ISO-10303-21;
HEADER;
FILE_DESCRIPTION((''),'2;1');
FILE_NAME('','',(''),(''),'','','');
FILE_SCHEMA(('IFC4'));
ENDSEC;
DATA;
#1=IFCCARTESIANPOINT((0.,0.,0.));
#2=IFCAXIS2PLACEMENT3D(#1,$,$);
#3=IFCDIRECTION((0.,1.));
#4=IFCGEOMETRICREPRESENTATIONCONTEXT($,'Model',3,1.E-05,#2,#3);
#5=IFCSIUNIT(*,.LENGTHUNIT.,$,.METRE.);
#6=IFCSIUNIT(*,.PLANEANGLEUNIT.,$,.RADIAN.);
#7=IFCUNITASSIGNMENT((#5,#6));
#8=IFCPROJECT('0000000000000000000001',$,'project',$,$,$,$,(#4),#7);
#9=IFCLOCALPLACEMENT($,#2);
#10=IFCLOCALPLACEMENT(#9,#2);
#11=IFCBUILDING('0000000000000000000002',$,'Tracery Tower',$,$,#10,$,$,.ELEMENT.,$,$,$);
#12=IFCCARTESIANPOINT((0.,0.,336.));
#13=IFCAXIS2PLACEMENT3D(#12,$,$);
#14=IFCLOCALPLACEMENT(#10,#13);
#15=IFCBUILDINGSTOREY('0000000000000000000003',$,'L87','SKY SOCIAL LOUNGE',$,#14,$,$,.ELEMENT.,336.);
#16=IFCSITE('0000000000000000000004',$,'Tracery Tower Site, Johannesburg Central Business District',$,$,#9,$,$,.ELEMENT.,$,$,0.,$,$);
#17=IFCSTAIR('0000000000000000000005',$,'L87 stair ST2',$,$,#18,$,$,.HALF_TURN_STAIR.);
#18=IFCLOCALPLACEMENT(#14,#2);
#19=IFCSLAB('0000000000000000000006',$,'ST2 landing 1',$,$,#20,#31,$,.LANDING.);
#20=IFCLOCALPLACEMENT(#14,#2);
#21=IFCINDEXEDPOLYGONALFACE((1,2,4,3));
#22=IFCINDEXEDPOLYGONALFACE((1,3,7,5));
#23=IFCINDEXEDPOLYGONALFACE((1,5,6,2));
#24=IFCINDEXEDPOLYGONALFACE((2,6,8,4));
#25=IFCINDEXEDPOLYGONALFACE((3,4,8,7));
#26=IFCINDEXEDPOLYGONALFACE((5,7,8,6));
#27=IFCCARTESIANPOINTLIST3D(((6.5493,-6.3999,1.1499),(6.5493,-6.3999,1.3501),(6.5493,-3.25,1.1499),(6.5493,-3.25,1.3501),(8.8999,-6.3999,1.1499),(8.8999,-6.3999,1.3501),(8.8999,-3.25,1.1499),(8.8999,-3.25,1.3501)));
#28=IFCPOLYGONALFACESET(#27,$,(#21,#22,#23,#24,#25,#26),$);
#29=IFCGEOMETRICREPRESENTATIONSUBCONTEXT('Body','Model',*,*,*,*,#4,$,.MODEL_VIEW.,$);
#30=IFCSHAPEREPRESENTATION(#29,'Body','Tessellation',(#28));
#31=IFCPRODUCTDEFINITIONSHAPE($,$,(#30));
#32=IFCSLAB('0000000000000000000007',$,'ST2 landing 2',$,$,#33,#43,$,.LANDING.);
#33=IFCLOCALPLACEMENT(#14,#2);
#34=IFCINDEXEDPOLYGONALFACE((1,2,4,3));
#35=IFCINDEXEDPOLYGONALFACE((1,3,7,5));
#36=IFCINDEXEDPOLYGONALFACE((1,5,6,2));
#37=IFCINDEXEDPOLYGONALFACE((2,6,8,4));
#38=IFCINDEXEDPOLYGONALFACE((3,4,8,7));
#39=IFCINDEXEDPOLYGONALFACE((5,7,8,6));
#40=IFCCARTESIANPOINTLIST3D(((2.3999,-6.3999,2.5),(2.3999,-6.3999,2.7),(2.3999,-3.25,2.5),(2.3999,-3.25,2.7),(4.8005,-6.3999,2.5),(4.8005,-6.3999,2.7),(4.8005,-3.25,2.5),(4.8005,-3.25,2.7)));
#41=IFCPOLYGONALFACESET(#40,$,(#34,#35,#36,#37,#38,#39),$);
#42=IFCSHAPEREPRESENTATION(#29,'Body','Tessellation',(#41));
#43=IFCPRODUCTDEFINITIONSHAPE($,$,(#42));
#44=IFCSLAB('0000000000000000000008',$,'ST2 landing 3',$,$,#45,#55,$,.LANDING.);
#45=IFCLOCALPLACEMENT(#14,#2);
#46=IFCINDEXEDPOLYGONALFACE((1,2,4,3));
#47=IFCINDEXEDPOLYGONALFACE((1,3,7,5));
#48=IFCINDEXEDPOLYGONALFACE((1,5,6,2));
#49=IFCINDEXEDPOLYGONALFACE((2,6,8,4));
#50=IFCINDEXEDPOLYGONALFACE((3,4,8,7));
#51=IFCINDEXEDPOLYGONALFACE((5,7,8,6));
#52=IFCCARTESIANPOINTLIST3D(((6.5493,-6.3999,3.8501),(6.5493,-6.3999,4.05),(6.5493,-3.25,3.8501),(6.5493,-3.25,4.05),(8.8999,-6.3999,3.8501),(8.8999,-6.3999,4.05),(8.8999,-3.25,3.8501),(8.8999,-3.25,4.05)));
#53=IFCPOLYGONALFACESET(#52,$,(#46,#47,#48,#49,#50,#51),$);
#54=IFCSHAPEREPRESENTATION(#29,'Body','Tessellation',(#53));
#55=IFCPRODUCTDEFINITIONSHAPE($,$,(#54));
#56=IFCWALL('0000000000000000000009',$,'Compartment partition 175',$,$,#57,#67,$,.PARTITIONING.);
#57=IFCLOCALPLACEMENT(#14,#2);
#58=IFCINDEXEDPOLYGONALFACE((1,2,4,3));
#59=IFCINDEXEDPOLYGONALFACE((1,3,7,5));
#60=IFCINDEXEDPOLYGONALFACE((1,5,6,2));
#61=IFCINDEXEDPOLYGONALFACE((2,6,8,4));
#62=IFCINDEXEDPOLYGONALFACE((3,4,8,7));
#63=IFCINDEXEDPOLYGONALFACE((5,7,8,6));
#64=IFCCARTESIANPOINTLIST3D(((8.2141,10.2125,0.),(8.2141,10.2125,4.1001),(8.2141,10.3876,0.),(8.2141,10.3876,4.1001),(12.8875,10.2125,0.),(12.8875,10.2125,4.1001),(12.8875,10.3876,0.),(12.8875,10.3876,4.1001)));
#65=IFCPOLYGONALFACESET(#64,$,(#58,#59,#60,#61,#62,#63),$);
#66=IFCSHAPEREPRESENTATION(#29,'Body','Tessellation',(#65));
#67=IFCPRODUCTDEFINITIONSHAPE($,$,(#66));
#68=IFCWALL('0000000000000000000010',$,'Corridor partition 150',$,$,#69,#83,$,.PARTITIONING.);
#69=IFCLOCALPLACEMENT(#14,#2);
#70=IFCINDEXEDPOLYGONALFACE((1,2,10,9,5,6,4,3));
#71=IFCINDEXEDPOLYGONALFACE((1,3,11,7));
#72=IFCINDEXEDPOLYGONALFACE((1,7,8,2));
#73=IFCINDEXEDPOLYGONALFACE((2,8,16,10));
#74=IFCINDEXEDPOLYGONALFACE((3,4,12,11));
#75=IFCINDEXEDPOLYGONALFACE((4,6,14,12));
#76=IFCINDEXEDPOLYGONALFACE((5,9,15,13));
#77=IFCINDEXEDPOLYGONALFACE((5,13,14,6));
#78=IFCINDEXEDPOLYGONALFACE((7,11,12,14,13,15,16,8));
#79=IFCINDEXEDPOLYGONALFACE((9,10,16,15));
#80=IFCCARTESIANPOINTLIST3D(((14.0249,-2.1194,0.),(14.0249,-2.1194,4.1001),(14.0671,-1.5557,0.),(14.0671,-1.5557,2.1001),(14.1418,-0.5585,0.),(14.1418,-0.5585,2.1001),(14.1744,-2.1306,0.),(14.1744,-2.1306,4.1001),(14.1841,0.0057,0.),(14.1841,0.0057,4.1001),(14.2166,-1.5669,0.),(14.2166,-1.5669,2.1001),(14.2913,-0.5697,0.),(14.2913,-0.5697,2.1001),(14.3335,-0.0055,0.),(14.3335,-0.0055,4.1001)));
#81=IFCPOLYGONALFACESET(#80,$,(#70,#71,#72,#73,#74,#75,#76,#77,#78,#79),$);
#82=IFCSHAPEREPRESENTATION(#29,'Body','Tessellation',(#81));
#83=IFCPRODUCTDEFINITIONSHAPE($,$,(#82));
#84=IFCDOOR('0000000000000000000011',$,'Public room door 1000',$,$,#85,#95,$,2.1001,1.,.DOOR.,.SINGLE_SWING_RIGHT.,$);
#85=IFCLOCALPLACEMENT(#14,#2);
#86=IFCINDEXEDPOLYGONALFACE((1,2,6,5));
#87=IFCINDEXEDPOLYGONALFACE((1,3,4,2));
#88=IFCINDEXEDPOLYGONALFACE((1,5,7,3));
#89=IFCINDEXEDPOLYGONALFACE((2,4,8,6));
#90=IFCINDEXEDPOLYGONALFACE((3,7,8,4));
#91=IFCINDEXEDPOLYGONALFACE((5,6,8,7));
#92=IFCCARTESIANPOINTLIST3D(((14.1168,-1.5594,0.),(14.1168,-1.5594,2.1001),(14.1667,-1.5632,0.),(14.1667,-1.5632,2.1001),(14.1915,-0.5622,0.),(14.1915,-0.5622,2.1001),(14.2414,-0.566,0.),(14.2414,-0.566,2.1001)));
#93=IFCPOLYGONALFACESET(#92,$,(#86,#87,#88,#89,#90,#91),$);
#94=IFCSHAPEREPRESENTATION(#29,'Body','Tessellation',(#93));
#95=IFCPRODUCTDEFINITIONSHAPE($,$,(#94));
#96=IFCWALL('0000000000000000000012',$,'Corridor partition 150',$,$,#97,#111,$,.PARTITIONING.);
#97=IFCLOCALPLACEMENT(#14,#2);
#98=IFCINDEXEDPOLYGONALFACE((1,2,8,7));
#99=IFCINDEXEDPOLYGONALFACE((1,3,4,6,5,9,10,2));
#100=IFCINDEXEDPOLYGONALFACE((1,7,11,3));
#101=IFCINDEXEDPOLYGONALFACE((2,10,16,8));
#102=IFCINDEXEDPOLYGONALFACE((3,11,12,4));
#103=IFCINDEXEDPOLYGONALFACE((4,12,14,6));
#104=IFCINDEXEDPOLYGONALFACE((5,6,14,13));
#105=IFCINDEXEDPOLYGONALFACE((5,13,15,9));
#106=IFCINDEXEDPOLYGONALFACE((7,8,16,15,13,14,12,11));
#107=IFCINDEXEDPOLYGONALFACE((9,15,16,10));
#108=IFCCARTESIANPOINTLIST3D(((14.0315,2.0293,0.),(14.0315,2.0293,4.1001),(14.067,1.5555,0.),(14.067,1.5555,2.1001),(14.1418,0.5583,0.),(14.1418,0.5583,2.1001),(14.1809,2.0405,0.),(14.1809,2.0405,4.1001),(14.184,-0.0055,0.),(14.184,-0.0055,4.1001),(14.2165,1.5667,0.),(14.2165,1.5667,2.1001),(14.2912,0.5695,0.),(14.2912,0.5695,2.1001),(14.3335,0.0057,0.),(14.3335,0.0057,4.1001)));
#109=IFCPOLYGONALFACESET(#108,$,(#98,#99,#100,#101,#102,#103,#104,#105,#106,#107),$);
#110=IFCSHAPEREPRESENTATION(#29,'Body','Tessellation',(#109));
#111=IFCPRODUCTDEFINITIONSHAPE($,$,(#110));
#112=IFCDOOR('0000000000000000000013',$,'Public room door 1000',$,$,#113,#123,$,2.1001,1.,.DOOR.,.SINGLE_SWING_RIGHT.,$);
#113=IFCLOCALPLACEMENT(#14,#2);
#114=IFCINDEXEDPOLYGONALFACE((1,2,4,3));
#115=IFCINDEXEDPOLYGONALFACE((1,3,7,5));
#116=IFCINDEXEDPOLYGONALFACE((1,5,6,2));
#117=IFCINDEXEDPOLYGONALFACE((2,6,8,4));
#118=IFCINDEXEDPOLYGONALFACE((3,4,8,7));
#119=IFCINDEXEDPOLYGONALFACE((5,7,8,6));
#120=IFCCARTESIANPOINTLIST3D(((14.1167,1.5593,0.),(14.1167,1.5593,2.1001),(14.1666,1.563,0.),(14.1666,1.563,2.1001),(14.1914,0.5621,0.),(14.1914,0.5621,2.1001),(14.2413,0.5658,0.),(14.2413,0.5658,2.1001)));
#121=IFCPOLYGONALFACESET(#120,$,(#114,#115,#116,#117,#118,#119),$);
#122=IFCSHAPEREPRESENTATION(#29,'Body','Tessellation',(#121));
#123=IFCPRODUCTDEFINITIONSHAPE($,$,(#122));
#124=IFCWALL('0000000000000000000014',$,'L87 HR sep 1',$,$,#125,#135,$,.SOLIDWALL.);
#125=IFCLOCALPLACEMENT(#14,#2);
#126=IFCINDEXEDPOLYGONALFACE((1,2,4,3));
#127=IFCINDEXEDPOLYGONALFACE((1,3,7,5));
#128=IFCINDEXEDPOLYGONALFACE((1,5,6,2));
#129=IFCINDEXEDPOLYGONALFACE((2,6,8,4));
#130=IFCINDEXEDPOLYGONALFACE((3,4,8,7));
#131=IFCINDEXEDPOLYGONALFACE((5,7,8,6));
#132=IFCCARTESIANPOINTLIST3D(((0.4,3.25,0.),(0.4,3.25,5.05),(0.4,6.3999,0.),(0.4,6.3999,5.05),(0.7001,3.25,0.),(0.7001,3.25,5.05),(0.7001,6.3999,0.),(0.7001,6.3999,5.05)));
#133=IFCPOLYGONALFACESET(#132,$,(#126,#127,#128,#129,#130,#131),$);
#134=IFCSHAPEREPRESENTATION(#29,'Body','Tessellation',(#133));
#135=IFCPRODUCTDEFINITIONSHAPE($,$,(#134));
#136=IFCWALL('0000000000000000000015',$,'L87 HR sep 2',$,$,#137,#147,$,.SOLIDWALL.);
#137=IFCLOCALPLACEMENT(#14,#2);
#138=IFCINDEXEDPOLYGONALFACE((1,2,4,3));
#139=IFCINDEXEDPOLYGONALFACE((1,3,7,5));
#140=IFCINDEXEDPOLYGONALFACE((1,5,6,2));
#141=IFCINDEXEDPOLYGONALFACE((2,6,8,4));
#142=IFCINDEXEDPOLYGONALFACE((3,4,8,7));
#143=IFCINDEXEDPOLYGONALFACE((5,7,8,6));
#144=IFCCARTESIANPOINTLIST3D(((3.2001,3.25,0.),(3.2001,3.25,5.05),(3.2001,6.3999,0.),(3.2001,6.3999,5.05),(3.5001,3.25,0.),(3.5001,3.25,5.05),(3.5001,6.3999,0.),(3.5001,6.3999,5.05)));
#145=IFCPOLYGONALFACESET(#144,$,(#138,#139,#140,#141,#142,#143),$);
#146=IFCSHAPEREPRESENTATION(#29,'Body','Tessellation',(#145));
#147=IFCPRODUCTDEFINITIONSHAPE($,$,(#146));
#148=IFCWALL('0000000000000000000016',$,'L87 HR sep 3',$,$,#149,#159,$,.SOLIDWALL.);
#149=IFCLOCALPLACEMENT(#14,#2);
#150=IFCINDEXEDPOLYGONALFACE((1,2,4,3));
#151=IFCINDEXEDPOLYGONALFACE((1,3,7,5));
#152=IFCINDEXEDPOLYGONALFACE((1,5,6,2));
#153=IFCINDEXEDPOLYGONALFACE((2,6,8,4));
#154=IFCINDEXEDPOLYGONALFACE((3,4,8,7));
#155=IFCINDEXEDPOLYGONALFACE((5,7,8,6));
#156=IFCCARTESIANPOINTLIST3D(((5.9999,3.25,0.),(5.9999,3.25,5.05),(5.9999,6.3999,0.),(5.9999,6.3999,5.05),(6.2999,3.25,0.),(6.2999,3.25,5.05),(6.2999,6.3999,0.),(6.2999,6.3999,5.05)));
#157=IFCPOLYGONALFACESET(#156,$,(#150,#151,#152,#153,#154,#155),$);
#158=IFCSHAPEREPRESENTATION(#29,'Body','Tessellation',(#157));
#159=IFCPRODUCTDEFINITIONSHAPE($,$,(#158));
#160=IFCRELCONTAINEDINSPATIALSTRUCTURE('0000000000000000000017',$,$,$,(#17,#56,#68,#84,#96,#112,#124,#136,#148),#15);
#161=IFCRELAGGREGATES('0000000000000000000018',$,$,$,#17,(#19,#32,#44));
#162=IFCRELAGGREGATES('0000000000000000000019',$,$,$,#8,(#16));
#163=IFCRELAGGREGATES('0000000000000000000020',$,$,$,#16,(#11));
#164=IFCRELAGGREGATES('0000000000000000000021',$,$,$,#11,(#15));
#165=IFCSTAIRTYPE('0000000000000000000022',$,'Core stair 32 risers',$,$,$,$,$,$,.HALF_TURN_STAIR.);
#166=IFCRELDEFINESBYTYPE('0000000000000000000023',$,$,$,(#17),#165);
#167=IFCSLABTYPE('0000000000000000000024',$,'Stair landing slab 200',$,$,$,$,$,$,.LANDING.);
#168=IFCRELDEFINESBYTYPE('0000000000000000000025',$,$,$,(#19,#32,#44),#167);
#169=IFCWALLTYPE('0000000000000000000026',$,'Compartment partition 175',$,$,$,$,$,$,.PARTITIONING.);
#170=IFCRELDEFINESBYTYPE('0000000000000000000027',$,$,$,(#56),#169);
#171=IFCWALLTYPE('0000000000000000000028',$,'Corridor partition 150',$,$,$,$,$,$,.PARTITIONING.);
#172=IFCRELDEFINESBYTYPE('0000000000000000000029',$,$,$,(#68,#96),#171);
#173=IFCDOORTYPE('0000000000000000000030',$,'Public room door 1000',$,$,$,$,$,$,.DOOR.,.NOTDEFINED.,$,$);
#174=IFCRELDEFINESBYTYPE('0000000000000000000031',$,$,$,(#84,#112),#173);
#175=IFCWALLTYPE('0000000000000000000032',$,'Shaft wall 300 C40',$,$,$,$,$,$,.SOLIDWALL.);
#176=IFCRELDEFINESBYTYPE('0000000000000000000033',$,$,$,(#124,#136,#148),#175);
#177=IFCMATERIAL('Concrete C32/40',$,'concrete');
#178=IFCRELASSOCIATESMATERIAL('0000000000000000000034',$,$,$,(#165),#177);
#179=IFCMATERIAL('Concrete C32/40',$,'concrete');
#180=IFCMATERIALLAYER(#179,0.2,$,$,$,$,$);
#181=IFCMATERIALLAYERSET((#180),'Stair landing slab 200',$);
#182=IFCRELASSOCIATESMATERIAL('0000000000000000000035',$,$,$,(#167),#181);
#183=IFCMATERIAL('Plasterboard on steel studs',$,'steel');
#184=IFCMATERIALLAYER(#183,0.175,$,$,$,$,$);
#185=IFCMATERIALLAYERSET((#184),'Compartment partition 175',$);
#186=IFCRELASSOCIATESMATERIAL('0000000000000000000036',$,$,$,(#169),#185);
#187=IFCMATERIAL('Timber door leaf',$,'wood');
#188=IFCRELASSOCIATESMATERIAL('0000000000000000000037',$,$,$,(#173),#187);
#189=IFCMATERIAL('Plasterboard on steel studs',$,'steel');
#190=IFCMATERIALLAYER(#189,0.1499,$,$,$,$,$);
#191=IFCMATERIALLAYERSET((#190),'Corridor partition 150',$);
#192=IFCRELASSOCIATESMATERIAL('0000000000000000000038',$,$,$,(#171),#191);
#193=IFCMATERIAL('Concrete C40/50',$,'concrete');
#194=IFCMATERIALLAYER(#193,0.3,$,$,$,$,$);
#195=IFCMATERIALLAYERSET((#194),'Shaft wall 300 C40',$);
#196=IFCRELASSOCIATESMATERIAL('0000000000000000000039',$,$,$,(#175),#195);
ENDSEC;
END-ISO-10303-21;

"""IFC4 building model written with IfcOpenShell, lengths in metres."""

from ifc_helpers import new_model, si_unit, direction, frame, frame_2d, origin, place, context, subcontext, project, spatial, polyline, rectangle, outline, extrude, material, layer, layer_set, type_object, element, fill, aggregate, save


model = new_model("IFC4")

# Units and contexts
model_context = context("Model", 3, precision=1e-05, world=origin(), true_north=direction((0.0, 1.0)))
body_context = subcontext(model_context, "Body", "Model", "MODEL_VIEW")
ifc_project = project(units=[si_unit("LENGTHUNIT", "METRE"), si_unit("PLANEANGLEUNIT", "RADIAN")], contexts=[model_context])

# Site, building, storey
site_placement = place(None, origin())
site = spatial("IfcSite", under=ifc_project, at=site_placement, Name="Tracery Tower Site, Johannesburg Central Business District", CompositionType="ELEMENT", RefElevation=0.0)
building_placement = place(site_placement, origin())
building = spatial("IfcBuilding", under=site, at=building_placement, Name="Tracery Tower", CompositionType="ELEMENT")
storey_placement = place(building_placement, frame((0.0, 0.0, 336.0)))
storey = spatial("IfcBuildingStorey", under=building, at=storey_placement, Name="L87", Description="SKY SOCIAL LOUNGE", CompositionType="ELEMENT", Elevation=336.0)

# Stair, slabs
ifc_material_1 = material(Name="Concrete C32/40", Category="concrete")
stair_type = type_object("IfcStairType", Name="Core stair 32 risers", PredefinedType="HALF_TURN_STAIR", material=ifc_material_1)
ifc_material_2 = material(Name="Concrete C32/40", Category="concrete")
ifc_layer_1 = layer(ifc_material_2, 0.2)
ifc_layer_set_1 = layer_set([ifc_layer_1], Name="Stair landing slab 200")
slab_type = type_object("IfcSlabType", Name="Stair landing slab 200", PredefinedType="LANDING", material=ifc_layer_set_1)
stair_1_placement = place(storey_placement, origin())
stair_1 = element("IfcStair", 1, at=stair_1_placement, inside=storey, type_object=stair_type, Name="L87 stair ST2", PredefinedType="HALF_TURN_STAIR")
slab_1_placement = place(storey_placement, frame((0.0, 0.0, 1.1499)))
slab_1 = element("IfcSlab", 2, at=slab_1_placement, type_object=slab_type, Name="ST2 landing 1", PredefinedType="LANDING", context=body_context, shape_type="SweptSolid", body=[
    extrude(outline(polyline([(6.5493, -6.3999), (8.8999, -6.3999), (8.8999, -3.25), (6.5493, -3.25), (6.5493, -6.3999)])), origin(), (0.0, 0.0, 1.0), 0.2002),
])
slab_2_placement = place(storey_placement, frame((0.0, 0.0, 2.5)))
slab_2 = element("IfcSlab", 3, at=slab_2_placement, type_object=slab_type, Name="ST2 landing 2", PredefinedType="LANDING", context=body_context, shape_type="SweptSolid", body=[
    extrude(outline(polyline([(2.3999, -6.3999), (4.8005, -6.3999), (4.8005, -3.25), (2.3999, -3.25), (2.3999, -6.3999)])), origin(), (0.0, 0.0, 1.0), 0.2),
])
slab_3_placement = place(storey_placement, frame((0.0, 0.0, 3.8501)))
slab_3 = element("IfcSlab", 4, at=slab_3_placement, type_object=slab_type, Name="ST2 landing 3", PredefinedType="LANDING", context=body_context, shape_type="SweptSolid", body=[
    extrude(outline(polyline([(6.5493, -6.3999), (8.8999, -6.3999), (8.8999, -3.25), (6.5493, -3.25), (6.5493, -6.3999)])), origin(), (0.0, 0.0, 1.0), 0.2),
])
aggregate(stair_1, [slab_1, slab_2, slab_3])

# Shared definitions
ifc_material_3 = material(Name="Plasterboard on steel studs", Category="steel")
ifc_layer_2 = layer(ifc_material_3, 0.175)
ifc_layer_set_2 = layer_set([ifc_layer_2], Name="Compartment partition 175")
wall_type_1 = type_object("IfcWallType", Name="Compartment partition 175", PredefinedType="PARTITIONING", material=ifc_layer_set_2)
ifc_material_4 = material(Name="Timber door leaf", Category="wood")
door_type = type_object("IfcDoorType", Name="Public room door 1000", OperationType="NOTDEFINED", PredefinedType="DOOR", material=ifc_material_4)

# Wall
wall_1_placement = place(storey_placement, frame((12.8875, 10.3, 0.0), z_axis=(0.0, 0.0, 1.0), x_axis=(-1.0, 0.0, 0.0)))
element("IfcWall", 5, at=wall_1_placement, inside=storey, type_object=wall_type_1, Name="Compartment partition 175", PredefinedType="PARTITIONING", context=body_context, shape_type="SweptSolid", body=[
    extrude(rectangle(XDim=4.6733, YDim=0.175, at=frame_2d((2.3367, 0.0))), origin(), (0.0, 0.0, 1.0), 4.1001),
])

# Walls, openings, doors
ifc_material_5 = material(Name="Plasterboard on steel studs", Category="steel")
ifc_layer_3 = layer(ifc_material_5, 0.1499)
ifc_layer_set_3 = layer_set([ifc_layer_3], Name="Corridor partition 150")
wall_type_2 = type_object("IfcWallType", Name="Corridor partition 150", PredefinedType="PARTITIONING", material=ifc_layer_set_3)
wall_2_placement = place(storey_placement, frame((14.2588, 0.0, 0.0), z_axis=(0.0, 0.0, 1.0), x_axis=(-0.07469, -0.997207, 0.0)))
wall_2 = element("IfcWall", 6, at=wall_2_placement, inside=storey, type_object=wall_type_2, Name="Corridor partition 150", PredefinedType="PARTITIONING", context=body_context, shape_type="SweptSolid", body=[
    extrude(rectangle(XDim=2.1311, YDim=0.1499, at=frame_2d((1.0654, 0.0))), origin(), (0.0, 0.0, 1.0), 4.1001),
])
opening_1_placement = place(wall_2_placement, frame((0.5657, 0.0, 0.0)))
opening_1 = element("IfcOpeningElement", 7, at=opening_1_placement, cuts=wall_2, PredefinedType="OPENING", context=body_context, shape_type="SweptSolid", body=[
    extrude(rectangle(XDim=1.0, YDim=2.1001, at=frame_2d((0.5, 1.05))), frame((0.0, 0.075, 0.0), z_axis=(0.0, -1.0, 0.0), x_axis=(1.0, 0.0, 0.0)), (0.0, 0.0, 1.0), 0.1499),
])
door_1_placement = place(opening_1_placement, origin())
door_1 = element("IfcDoor", 8, at=door_1_placement, inside=storey, type_object=door_type, Name="Public room door 1000", OperationType="SINGLE_SWING_RIGHT", OverallHeight=2.1001, OverallWidth=1.0, PredefinedType="DOOR", context=body_context, shape_type="SweptSolid", body=[
    extrude(rectangle(XDim=1.0, YDim=2.1001, at=frame_2d((0.5, 1.05))), frame((0.0, 0.0249, 0.0), z_axis=(0.0, -1.0, 0.0), x_axis=(1.0, 0.0, 0.0)), (0.0, 0.0, 1.0), 0.05),
])
fill(opening_1, door_1)
wall_3_placement = place(storey_placement, frame((14.1062, 2.0349, 0.0), z_axis=(0.0, 0.0, 1.0), x_axis=(0.074775, -0.9972, 0.0)))
wall_3 = element("IfcWall", 9, at=wall_3_placement, inside=storey, type_object=wall_type_2, Name="Corridor partition 150", PredefinedType="PARTITIONING", context=body_context, shape_type="SweptSolid", body=[
    extrude(rectangle(XDim=2.0405, YDim=0.1499, at=frame_2d((1.0203, 0.0))), origin(), (0.0, 0.0, 1.0), 4.1001),
])
opening_2_placement = place(wall_3_placement, frame((0.4751, 0.0, 0.0)))
opening_2 = element("IfcOpeningElement", 10, at=opening_2_placement, cuts=wall_3, PredefinedType="OPENING", context=body_context, shape_type="SweptSolid", body=[
    extrude(rectangle(XDim=1.0, YDim=2.1001, at=frame_2d((0.5, 1.05))), frame((0.0, 0.075, 0.0), z_axis=(0.0, -1.0, 0.0), x_axis=(1.0, 0.0, 0.0)), (0.0, 0.0, 1.0), 0.1499),
])
door_2_placement = place(opening_2_placement, origin())
door_2 = element("IfcDoor", 11, at=door_2_placement, inside=storey, type_object=door_type, Name="Public room door 1000", OperationType="SINGLE_SWING_RIGHT", OverallHeight=2.1001, OverallWidth=1.0, PredefinedType="DOOR", context=body_context, shape_type="SweptSolid", body=[
    extrude(rectangle(XDim=1.0, YDim=2.1001, at=frame_2d((0.5, 1.05))), frame((0.0, 0.0249, 0.0), z_axis=(0.0, -1.0, 0.0), x_axis=(1.0, 0.0, 0.0)), (0.0, 0.0, 1.0), 0.05),
])
fill(opening_2, door_2)

# Walls
ifc_material_6 = material(Name="Concrete C40/50", Category="concrete")
ifc_layer_4 = layer(ifc_material_6, 0.3)
ifc_layer_set_4 = layer_set([ifc_layer_4], Name="Shaft wall 300 C40")
wall_type_3 = type_object("IfcWallType", Name="Shaft wall 300 C40", PredefinedType="SOLIDWALL", material=ifc_layer_set_4)
for number, where, z_axis, x_axis, name in (
    (12, (0.55, 3.25, 0.0), (0.0, 0.0, 1.0), (0.0, 1.0, 0.0), "L87 HR sep 1"),
    (13, (3.3501, 3.25, 0.0), (0.0, 0.0, 1.0), (0.0, 1.0, 0.0), "L87 HR sep 2"),
    (14, (6.1499, 3.25, 0.0), (0.0, 0.0, 1.0), (0.0, 1.0, 0.0), "L87 HR sep 3"),
):
    element("IfcWall", number, at=place(storey_placement, frame(where, z_axis=z_axis, x_axis=x_axis)), inside=storey, type_object=wall_type_3, Name=name, PredefinedType="SOLIDWALL", context=body_context, shape_type="SweptSolid", body=[
        extrude(rectangle(XDim=3.1499, YDim=0.3, at=frame_2d((1.575, 0.0))), origin(), (0.0, 0.0, 1.0), 5.05),
    ])

save(model, "model.ifc")
